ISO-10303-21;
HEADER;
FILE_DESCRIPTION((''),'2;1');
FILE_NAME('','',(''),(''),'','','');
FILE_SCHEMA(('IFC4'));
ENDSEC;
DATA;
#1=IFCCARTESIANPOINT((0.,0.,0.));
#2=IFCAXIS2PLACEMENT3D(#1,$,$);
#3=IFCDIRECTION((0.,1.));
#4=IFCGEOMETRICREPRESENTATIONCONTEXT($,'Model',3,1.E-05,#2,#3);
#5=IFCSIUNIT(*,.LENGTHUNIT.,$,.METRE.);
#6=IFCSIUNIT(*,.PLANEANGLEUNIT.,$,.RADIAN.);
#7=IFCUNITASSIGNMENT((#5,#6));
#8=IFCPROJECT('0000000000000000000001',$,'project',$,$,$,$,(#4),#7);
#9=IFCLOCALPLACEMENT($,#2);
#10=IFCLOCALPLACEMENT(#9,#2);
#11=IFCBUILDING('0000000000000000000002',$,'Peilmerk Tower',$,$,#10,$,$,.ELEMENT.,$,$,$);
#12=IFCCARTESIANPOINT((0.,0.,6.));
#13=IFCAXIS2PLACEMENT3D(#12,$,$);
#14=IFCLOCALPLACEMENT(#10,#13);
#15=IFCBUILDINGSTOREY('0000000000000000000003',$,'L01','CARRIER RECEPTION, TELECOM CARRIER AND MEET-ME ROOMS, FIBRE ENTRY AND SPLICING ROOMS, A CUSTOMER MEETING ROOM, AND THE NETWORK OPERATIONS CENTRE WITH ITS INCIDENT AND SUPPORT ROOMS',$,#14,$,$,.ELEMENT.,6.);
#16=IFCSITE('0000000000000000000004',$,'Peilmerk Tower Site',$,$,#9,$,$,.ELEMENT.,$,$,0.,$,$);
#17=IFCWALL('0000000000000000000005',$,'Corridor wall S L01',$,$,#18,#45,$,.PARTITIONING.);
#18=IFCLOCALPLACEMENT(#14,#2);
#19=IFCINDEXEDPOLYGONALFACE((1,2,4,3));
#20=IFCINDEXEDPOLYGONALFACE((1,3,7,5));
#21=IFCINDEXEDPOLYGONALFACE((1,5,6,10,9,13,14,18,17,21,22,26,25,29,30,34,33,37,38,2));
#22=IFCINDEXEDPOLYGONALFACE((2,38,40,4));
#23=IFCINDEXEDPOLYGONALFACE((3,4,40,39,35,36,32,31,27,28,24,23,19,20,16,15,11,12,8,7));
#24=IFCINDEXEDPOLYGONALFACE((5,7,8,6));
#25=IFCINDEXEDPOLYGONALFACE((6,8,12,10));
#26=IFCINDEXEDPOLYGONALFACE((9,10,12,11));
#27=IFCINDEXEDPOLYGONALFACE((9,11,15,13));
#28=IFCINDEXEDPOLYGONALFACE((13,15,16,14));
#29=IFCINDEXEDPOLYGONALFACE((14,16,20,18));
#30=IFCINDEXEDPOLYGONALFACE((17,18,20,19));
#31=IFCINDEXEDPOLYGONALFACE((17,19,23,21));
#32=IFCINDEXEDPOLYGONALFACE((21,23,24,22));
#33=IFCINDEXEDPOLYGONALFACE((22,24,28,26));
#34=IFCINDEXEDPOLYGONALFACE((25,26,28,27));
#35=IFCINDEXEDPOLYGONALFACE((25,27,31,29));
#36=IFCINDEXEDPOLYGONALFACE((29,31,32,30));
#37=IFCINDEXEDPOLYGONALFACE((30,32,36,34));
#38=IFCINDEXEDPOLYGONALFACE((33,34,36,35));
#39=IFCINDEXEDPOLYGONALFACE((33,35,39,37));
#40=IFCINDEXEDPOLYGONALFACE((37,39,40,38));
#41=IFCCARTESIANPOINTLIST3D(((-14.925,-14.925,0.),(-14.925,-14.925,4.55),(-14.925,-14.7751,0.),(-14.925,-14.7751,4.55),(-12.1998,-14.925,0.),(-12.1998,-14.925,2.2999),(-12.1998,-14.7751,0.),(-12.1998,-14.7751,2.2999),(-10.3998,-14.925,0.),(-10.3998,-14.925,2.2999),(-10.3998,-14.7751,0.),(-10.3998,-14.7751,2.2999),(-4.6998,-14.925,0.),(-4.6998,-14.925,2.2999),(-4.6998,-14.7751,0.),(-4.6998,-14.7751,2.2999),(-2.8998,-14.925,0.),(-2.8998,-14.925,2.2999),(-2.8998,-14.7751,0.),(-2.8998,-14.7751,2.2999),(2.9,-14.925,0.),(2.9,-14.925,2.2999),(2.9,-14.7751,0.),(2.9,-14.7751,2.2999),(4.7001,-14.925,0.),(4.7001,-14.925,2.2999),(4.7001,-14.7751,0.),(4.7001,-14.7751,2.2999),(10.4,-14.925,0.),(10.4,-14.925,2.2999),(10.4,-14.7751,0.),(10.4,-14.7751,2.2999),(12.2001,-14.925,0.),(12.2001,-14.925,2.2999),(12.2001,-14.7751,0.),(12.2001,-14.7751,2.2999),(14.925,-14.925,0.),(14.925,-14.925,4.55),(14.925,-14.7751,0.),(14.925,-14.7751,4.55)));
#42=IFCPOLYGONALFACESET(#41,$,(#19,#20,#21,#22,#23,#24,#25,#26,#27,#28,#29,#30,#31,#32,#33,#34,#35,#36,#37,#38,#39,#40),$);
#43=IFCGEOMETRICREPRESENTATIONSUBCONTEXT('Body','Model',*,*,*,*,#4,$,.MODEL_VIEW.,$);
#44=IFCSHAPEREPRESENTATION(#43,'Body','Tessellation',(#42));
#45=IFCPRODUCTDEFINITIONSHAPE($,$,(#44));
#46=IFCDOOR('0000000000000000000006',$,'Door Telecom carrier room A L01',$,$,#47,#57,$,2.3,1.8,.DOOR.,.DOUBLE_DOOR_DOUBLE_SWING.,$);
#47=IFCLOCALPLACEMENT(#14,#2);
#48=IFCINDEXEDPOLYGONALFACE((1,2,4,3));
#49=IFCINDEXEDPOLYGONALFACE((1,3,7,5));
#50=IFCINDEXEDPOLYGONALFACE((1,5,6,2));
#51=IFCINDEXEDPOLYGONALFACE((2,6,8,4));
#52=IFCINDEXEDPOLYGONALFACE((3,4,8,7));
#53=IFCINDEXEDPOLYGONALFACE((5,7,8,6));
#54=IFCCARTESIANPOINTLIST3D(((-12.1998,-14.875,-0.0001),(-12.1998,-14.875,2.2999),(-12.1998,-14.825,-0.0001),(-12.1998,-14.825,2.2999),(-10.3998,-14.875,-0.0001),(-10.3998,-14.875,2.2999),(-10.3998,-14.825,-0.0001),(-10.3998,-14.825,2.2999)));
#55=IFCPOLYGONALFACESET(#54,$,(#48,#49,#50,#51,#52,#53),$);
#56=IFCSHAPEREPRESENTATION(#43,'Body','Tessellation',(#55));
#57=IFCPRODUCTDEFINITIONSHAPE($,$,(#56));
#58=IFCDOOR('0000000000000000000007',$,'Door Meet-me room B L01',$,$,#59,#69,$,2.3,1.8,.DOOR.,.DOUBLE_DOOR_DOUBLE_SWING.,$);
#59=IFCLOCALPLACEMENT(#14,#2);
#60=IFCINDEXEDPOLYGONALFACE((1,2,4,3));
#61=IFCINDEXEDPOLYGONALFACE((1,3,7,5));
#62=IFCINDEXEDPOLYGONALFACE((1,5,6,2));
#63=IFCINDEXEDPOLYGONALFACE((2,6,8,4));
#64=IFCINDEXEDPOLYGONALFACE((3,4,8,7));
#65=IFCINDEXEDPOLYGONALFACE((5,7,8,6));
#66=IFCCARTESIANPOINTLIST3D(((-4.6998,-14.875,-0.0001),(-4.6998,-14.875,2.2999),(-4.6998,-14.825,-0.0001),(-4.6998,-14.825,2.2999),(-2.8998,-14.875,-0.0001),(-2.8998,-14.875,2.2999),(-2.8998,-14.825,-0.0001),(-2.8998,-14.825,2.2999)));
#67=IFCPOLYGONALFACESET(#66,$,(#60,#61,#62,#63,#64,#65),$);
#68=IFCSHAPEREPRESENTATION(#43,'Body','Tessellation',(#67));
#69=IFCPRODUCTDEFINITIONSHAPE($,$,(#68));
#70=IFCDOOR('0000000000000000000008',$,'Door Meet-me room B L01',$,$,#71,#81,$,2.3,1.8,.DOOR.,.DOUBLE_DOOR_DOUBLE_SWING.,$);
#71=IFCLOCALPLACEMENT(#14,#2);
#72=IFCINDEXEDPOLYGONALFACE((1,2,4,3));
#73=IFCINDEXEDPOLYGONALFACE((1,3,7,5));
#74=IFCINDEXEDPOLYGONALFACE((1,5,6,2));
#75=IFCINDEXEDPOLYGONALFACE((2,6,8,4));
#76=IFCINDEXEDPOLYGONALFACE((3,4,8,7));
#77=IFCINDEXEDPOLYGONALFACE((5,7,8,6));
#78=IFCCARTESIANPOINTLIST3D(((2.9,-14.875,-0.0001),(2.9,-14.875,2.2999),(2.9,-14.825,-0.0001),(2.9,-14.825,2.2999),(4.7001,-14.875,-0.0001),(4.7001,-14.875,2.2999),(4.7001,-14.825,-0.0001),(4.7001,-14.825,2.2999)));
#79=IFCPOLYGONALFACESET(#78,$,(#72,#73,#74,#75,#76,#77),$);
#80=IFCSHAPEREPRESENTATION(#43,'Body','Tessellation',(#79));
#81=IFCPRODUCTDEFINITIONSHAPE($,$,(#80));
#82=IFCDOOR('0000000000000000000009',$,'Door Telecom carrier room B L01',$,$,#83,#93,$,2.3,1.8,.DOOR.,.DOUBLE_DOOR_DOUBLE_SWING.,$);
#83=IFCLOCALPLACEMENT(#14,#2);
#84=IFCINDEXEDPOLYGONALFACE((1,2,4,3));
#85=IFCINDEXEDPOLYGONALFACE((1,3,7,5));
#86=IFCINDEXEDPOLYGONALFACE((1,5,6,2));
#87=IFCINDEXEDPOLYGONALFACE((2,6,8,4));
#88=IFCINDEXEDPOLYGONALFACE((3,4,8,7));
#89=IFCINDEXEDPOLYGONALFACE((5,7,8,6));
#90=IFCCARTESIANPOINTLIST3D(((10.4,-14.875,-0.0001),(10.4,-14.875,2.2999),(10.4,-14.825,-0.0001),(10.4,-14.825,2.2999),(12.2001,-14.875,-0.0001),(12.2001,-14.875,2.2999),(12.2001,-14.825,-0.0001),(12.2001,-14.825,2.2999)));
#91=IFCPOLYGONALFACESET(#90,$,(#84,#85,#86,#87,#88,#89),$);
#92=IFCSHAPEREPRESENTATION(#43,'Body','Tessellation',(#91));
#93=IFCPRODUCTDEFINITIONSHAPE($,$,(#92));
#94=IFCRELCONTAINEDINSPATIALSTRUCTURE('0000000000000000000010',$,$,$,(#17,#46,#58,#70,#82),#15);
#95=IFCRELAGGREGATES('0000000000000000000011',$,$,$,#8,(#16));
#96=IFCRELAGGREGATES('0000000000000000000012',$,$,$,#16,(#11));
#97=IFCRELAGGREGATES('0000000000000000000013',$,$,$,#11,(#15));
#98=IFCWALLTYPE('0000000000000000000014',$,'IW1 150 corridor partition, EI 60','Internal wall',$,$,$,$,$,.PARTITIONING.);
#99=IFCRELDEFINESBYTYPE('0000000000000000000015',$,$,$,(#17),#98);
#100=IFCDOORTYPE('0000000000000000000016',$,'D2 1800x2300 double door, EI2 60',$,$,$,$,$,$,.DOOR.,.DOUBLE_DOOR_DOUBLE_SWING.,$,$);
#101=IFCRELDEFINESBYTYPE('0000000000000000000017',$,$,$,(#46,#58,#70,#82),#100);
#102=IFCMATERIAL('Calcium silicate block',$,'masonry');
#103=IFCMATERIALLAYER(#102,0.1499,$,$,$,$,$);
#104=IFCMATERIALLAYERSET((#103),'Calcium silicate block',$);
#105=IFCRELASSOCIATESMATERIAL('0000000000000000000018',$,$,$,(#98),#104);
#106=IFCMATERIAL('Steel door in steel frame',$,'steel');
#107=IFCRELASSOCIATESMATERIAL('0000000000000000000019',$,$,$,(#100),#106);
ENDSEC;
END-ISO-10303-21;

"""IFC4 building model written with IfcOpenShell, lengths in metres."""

from ifc_helpers import new_model, si_unit, direction, frame, frame_2d, origin, place, context, subcontext, project, spatial, rectangle, extrude, material, layer, layer_set, type_object, element, fill, save


model = new_model("IFC4")

# Units and contexts
model_context = context("Model", 3, precision=1e-05, world=origin(), true_north=direction((0.0, 1.0)))
body_context = subcontext(model_context, "Body", "Model", "MODEL_VIEW")
ifc_project = project(units=[si_unit("LENGTHUNIT", "METRE"), si_unit("PLANEANGLEUNIT", "RADIAN")], contexts=[model_context])

# Site, building, storey
site_placement = place(None, origin())
site = spatial("IfcSite", under=ifc_project, at=site_placement, Name="Peilmerk Tower Site", CompositionType="ELEMENT", RefElevation=0.0)
building_placement = place(site_placement, origin())
building = spatial("IfcBuilding", under=site, at=building_placement, Name="Peilmerk Tower", CompositionType="ELEMENT")
storey_placement = place(building_placement, frame((0.0, 0.0, 6.0)))
storey = spatial("IfcBuildingStorey", under=building, at=storey_placement, Name="L01", Description="CARRIER RECEPTION, TELECOM CARRIER AND MEET-ME ROOMS, FIBRE ENTRY AND SPLICING ROOMS, A CUSTOMER MEETING ROOM, AND THE NETWORK OPERATIONS CENTRE WITH ITS INCIDENT AND SUPPORT ROOMS", CompositionType="ELEMENT", Elevation=6.0)

# Wall, openings, doors
ifc_material_1 = material(Name="Calcium silicate block", Category="masonry")
ifc_layer_1 = layer(ifc_material_1, 0.1499)
ifc_layer_set_1 = layer_set([ifc_layer_1], Name="Calcium silicate block")
wall_type_1 = type_object("IfcWallType", Name="IW1 150 corridor partition, EI 60", Description="Internal wall", PredefinedType="PARTITIONING", material=ifc_layer_set_1)
wall_1_placement = place(storey_placement, frame((14.925, -14.8501, 0.0), z_axis=(0.0, 0.0, 1.0), x_axis=(-1.0, 0.0, 0.0)))
wall_1 = element("IfcWall", 1, at=wall_1_placement, inside=storey, type_object=wall_type_1, Name="Corridor wall S L01", PredefinedType="PARTITIONING", context=body_context, shape_type="SweptSolid", body=[
    extrude(rectangle(XDim=29.8501, YDim=0.1499, at=frame_2d((14.925, 0.0))), origin(), (0.0, 0.0, 1.0), 4.55),
])
opening_1_placement = place(wall_1_placement, frame((25.325, 0.0, 0.0)))
opening_1 = element("IfcOpeningElement", 2, at=opening_1_placement, cuts=wall_1, PredefinedType="OPENING", context=body_context, shape_type="SweptSolid", body=[
    extrude(rectangle(XDim=1.8, YDim=2.3, at=frame_2d((0.8999, 1.1499))), frame((0.0, 0.085, 0.0), z_axis=(0.0, -1.0, 0.0), x_axis=(1.0, 0.0, 0.0)), (0.0, 0.0, 1.0), 0.1699),
])
opening_2_placement = place(wall_1_placement, frame((17.825, 0.0, 0.0)))
opening_2 = element("IfcOpeningElement", 3, at=opening_2_placement, cuts=wall_1, PredefinedType="OPENING", context=body_context, shape_type="SweptSolid", body=[
    extrude(rectangle(XDim=1.8, YDim=2.3, at=frame_2d((0.8999, 1.1499))), frame((0.0, 0.085, 0.0), z_axis=(0.0, -1.0, 0.0), x_axis=(1.0, 0.0, 0.0)), (0.0, 0.0, 1.0), 0.1699),
])
opening_3_placement = place(wall_1_placement, frame((10.2251, 0.0, 0.0)))
opening_3 = element("IfcOpeningElement", 4, at=opening_3_placement, cuts=wall_1, PredefinedType="OPENING", context=body_context, shape_type="SweptSolid", body=[
    extrude(rectangle(XDim=1.8, YDim=2.3, at=frame_2d((0.8999, 1.1499))), frame((0.0, 0.085, 0.0), z_axis=(0.0, -1.0, 0.0), x_axis=(1.0, 0.0, 0.0)), (0.0, 0.0, 1.0), 0.1699),
])
opening_4_placement = place(wall_1_placement, frame((2.7251, 0.0, 0.0)))
opening_4 = element("IfcOpeningElement", 5, at=opening_4_placement, cuts=wall_1, PredefinedType="OPENING", context=body_context, shape_type="SweptSolid", body=[
    extrude(rectangle(XDim=1.8, YDim=2.3, at=frame_2d((0.8999, 1.1499))), frame((0.0, 0.085, 0.0), z_axis=(0.0, -1.0, 0.0), x_axis=(1.0, 0.0, 0.0)), (0.0, 0.0, 1.0), 0.1699),
])
ifc_material_2 = material(Name="Steel door in steel frame", Category="steel")
door_type_1 = type_object("IfcDoorType", Name="D2 1800x2300 double door, EI2 60", OperationType="DOUBLE_DOOR_DOUBLE_SWING", PredefinedType="DOOR", material=ifc_material_2)
door_1_placement = place(opening_1_placement, origin())
door_1 = element("IfcDoor", 6, at=door_1_placement, inside=storey, type_object=door_type_1, Name="Door Telecom carrier room A L01", OperationType="DOUBLE_DOOR_DOUBLE_SWING", OverallHeight=2.3, OverallWidth=1.8, PredefinedType="DOOR", context=body_context, shape_type="SweptSolid", body=[
    extrude(rectangle(XDim=1.8, YDim=2.3, at=frame_2d((0.8999, 1.1499))), frame((0.0, 0.0249, 0.0), z_axis=(0.0, -1.0, 0.0), x_axis=(1.0, 0.0, 0.0)), (0.0, 0.0, 1.0), 0.05),
])
fill(opening_1, door_1)
door_2_placement = place(opening_2_placement, origin())
door_2 = element("IfcDoor", 7, at=door_2_placement, inside=storey, type_object=door_type_1, Name="Door Meet-me room B L01", OperationType="DOUBLE_DOOR_DOUBLE_SWING", OverallHeight=2.3, OverallWidth=1.8, PredefinedType="DOOR", context=body_context, shape_type="SweptSolid", body=[
    extrude(rectangle(XDim=1.8, YDim=2.3, at=frame_2d((0.8999, 1.1499))), frame((0.0, 0.0249, 0.0), z_axis=(0.0, -1.0, 0.0), x_axis=(1.0, 0.0, 0.0)), (0.0, 0.0, 1.0), 0.05),
])
fill(opening_2, door_2)
door_3_placement = place(opening_3_placement, origin())
door_3 = element("IfcDoor", 8, at=door_3_placement, inside=storey, type_object=door_type_1, Name="Door Meet-me room B L01", OperationType="DOUBLE_DOOR_DOUBLE_SWING", OverallHeight=2.3, OverallWidth=1.8, PredefinedType="DOOR", context=body_context, shape_type="SweptSolid", body=[
    extrude(rectangle(XDim=1.8, YDim=2.3, at=frame_2d((0.8999, 1.1499))), frame((0.0, 0.0249, 0.0), z_axis=(0.0, -1.0, 0.0), x_axis=(1.0, 0.0, 0.0)), (0.0, 0.0, 1.0), 0.05),
])
fill(opening_3, door_3)
door_4_placement = place(opening_4_placement, origin())
door_4 = element("IfcDoor", 9, at=door_4_placement, inside=storey, type_object=door_type_1, Name="Door Telecom carrier room B L01", OperationType="DOUBLE_DOOR_DOUBLE_SWING", OverallHeight=2.3, OverallWidth=1.8, PredefinedType="DOOR", context=body_context, shape_type="SweptSolid", body=[
    extrude(rectangle(XDim=1.8, YDim=2.3, at=frame_2d((0.8999, 1.1499))), frame((0.0, 0.0249, 0.0), z_axis=(0.0, -1.0, 0.0), x_axis=(1.0, 0.0, 0.0)), (0.0, 0.0, 1.0), 0.05),
])
fill(opening_4, door_4)

save(model, "model.ifc")
